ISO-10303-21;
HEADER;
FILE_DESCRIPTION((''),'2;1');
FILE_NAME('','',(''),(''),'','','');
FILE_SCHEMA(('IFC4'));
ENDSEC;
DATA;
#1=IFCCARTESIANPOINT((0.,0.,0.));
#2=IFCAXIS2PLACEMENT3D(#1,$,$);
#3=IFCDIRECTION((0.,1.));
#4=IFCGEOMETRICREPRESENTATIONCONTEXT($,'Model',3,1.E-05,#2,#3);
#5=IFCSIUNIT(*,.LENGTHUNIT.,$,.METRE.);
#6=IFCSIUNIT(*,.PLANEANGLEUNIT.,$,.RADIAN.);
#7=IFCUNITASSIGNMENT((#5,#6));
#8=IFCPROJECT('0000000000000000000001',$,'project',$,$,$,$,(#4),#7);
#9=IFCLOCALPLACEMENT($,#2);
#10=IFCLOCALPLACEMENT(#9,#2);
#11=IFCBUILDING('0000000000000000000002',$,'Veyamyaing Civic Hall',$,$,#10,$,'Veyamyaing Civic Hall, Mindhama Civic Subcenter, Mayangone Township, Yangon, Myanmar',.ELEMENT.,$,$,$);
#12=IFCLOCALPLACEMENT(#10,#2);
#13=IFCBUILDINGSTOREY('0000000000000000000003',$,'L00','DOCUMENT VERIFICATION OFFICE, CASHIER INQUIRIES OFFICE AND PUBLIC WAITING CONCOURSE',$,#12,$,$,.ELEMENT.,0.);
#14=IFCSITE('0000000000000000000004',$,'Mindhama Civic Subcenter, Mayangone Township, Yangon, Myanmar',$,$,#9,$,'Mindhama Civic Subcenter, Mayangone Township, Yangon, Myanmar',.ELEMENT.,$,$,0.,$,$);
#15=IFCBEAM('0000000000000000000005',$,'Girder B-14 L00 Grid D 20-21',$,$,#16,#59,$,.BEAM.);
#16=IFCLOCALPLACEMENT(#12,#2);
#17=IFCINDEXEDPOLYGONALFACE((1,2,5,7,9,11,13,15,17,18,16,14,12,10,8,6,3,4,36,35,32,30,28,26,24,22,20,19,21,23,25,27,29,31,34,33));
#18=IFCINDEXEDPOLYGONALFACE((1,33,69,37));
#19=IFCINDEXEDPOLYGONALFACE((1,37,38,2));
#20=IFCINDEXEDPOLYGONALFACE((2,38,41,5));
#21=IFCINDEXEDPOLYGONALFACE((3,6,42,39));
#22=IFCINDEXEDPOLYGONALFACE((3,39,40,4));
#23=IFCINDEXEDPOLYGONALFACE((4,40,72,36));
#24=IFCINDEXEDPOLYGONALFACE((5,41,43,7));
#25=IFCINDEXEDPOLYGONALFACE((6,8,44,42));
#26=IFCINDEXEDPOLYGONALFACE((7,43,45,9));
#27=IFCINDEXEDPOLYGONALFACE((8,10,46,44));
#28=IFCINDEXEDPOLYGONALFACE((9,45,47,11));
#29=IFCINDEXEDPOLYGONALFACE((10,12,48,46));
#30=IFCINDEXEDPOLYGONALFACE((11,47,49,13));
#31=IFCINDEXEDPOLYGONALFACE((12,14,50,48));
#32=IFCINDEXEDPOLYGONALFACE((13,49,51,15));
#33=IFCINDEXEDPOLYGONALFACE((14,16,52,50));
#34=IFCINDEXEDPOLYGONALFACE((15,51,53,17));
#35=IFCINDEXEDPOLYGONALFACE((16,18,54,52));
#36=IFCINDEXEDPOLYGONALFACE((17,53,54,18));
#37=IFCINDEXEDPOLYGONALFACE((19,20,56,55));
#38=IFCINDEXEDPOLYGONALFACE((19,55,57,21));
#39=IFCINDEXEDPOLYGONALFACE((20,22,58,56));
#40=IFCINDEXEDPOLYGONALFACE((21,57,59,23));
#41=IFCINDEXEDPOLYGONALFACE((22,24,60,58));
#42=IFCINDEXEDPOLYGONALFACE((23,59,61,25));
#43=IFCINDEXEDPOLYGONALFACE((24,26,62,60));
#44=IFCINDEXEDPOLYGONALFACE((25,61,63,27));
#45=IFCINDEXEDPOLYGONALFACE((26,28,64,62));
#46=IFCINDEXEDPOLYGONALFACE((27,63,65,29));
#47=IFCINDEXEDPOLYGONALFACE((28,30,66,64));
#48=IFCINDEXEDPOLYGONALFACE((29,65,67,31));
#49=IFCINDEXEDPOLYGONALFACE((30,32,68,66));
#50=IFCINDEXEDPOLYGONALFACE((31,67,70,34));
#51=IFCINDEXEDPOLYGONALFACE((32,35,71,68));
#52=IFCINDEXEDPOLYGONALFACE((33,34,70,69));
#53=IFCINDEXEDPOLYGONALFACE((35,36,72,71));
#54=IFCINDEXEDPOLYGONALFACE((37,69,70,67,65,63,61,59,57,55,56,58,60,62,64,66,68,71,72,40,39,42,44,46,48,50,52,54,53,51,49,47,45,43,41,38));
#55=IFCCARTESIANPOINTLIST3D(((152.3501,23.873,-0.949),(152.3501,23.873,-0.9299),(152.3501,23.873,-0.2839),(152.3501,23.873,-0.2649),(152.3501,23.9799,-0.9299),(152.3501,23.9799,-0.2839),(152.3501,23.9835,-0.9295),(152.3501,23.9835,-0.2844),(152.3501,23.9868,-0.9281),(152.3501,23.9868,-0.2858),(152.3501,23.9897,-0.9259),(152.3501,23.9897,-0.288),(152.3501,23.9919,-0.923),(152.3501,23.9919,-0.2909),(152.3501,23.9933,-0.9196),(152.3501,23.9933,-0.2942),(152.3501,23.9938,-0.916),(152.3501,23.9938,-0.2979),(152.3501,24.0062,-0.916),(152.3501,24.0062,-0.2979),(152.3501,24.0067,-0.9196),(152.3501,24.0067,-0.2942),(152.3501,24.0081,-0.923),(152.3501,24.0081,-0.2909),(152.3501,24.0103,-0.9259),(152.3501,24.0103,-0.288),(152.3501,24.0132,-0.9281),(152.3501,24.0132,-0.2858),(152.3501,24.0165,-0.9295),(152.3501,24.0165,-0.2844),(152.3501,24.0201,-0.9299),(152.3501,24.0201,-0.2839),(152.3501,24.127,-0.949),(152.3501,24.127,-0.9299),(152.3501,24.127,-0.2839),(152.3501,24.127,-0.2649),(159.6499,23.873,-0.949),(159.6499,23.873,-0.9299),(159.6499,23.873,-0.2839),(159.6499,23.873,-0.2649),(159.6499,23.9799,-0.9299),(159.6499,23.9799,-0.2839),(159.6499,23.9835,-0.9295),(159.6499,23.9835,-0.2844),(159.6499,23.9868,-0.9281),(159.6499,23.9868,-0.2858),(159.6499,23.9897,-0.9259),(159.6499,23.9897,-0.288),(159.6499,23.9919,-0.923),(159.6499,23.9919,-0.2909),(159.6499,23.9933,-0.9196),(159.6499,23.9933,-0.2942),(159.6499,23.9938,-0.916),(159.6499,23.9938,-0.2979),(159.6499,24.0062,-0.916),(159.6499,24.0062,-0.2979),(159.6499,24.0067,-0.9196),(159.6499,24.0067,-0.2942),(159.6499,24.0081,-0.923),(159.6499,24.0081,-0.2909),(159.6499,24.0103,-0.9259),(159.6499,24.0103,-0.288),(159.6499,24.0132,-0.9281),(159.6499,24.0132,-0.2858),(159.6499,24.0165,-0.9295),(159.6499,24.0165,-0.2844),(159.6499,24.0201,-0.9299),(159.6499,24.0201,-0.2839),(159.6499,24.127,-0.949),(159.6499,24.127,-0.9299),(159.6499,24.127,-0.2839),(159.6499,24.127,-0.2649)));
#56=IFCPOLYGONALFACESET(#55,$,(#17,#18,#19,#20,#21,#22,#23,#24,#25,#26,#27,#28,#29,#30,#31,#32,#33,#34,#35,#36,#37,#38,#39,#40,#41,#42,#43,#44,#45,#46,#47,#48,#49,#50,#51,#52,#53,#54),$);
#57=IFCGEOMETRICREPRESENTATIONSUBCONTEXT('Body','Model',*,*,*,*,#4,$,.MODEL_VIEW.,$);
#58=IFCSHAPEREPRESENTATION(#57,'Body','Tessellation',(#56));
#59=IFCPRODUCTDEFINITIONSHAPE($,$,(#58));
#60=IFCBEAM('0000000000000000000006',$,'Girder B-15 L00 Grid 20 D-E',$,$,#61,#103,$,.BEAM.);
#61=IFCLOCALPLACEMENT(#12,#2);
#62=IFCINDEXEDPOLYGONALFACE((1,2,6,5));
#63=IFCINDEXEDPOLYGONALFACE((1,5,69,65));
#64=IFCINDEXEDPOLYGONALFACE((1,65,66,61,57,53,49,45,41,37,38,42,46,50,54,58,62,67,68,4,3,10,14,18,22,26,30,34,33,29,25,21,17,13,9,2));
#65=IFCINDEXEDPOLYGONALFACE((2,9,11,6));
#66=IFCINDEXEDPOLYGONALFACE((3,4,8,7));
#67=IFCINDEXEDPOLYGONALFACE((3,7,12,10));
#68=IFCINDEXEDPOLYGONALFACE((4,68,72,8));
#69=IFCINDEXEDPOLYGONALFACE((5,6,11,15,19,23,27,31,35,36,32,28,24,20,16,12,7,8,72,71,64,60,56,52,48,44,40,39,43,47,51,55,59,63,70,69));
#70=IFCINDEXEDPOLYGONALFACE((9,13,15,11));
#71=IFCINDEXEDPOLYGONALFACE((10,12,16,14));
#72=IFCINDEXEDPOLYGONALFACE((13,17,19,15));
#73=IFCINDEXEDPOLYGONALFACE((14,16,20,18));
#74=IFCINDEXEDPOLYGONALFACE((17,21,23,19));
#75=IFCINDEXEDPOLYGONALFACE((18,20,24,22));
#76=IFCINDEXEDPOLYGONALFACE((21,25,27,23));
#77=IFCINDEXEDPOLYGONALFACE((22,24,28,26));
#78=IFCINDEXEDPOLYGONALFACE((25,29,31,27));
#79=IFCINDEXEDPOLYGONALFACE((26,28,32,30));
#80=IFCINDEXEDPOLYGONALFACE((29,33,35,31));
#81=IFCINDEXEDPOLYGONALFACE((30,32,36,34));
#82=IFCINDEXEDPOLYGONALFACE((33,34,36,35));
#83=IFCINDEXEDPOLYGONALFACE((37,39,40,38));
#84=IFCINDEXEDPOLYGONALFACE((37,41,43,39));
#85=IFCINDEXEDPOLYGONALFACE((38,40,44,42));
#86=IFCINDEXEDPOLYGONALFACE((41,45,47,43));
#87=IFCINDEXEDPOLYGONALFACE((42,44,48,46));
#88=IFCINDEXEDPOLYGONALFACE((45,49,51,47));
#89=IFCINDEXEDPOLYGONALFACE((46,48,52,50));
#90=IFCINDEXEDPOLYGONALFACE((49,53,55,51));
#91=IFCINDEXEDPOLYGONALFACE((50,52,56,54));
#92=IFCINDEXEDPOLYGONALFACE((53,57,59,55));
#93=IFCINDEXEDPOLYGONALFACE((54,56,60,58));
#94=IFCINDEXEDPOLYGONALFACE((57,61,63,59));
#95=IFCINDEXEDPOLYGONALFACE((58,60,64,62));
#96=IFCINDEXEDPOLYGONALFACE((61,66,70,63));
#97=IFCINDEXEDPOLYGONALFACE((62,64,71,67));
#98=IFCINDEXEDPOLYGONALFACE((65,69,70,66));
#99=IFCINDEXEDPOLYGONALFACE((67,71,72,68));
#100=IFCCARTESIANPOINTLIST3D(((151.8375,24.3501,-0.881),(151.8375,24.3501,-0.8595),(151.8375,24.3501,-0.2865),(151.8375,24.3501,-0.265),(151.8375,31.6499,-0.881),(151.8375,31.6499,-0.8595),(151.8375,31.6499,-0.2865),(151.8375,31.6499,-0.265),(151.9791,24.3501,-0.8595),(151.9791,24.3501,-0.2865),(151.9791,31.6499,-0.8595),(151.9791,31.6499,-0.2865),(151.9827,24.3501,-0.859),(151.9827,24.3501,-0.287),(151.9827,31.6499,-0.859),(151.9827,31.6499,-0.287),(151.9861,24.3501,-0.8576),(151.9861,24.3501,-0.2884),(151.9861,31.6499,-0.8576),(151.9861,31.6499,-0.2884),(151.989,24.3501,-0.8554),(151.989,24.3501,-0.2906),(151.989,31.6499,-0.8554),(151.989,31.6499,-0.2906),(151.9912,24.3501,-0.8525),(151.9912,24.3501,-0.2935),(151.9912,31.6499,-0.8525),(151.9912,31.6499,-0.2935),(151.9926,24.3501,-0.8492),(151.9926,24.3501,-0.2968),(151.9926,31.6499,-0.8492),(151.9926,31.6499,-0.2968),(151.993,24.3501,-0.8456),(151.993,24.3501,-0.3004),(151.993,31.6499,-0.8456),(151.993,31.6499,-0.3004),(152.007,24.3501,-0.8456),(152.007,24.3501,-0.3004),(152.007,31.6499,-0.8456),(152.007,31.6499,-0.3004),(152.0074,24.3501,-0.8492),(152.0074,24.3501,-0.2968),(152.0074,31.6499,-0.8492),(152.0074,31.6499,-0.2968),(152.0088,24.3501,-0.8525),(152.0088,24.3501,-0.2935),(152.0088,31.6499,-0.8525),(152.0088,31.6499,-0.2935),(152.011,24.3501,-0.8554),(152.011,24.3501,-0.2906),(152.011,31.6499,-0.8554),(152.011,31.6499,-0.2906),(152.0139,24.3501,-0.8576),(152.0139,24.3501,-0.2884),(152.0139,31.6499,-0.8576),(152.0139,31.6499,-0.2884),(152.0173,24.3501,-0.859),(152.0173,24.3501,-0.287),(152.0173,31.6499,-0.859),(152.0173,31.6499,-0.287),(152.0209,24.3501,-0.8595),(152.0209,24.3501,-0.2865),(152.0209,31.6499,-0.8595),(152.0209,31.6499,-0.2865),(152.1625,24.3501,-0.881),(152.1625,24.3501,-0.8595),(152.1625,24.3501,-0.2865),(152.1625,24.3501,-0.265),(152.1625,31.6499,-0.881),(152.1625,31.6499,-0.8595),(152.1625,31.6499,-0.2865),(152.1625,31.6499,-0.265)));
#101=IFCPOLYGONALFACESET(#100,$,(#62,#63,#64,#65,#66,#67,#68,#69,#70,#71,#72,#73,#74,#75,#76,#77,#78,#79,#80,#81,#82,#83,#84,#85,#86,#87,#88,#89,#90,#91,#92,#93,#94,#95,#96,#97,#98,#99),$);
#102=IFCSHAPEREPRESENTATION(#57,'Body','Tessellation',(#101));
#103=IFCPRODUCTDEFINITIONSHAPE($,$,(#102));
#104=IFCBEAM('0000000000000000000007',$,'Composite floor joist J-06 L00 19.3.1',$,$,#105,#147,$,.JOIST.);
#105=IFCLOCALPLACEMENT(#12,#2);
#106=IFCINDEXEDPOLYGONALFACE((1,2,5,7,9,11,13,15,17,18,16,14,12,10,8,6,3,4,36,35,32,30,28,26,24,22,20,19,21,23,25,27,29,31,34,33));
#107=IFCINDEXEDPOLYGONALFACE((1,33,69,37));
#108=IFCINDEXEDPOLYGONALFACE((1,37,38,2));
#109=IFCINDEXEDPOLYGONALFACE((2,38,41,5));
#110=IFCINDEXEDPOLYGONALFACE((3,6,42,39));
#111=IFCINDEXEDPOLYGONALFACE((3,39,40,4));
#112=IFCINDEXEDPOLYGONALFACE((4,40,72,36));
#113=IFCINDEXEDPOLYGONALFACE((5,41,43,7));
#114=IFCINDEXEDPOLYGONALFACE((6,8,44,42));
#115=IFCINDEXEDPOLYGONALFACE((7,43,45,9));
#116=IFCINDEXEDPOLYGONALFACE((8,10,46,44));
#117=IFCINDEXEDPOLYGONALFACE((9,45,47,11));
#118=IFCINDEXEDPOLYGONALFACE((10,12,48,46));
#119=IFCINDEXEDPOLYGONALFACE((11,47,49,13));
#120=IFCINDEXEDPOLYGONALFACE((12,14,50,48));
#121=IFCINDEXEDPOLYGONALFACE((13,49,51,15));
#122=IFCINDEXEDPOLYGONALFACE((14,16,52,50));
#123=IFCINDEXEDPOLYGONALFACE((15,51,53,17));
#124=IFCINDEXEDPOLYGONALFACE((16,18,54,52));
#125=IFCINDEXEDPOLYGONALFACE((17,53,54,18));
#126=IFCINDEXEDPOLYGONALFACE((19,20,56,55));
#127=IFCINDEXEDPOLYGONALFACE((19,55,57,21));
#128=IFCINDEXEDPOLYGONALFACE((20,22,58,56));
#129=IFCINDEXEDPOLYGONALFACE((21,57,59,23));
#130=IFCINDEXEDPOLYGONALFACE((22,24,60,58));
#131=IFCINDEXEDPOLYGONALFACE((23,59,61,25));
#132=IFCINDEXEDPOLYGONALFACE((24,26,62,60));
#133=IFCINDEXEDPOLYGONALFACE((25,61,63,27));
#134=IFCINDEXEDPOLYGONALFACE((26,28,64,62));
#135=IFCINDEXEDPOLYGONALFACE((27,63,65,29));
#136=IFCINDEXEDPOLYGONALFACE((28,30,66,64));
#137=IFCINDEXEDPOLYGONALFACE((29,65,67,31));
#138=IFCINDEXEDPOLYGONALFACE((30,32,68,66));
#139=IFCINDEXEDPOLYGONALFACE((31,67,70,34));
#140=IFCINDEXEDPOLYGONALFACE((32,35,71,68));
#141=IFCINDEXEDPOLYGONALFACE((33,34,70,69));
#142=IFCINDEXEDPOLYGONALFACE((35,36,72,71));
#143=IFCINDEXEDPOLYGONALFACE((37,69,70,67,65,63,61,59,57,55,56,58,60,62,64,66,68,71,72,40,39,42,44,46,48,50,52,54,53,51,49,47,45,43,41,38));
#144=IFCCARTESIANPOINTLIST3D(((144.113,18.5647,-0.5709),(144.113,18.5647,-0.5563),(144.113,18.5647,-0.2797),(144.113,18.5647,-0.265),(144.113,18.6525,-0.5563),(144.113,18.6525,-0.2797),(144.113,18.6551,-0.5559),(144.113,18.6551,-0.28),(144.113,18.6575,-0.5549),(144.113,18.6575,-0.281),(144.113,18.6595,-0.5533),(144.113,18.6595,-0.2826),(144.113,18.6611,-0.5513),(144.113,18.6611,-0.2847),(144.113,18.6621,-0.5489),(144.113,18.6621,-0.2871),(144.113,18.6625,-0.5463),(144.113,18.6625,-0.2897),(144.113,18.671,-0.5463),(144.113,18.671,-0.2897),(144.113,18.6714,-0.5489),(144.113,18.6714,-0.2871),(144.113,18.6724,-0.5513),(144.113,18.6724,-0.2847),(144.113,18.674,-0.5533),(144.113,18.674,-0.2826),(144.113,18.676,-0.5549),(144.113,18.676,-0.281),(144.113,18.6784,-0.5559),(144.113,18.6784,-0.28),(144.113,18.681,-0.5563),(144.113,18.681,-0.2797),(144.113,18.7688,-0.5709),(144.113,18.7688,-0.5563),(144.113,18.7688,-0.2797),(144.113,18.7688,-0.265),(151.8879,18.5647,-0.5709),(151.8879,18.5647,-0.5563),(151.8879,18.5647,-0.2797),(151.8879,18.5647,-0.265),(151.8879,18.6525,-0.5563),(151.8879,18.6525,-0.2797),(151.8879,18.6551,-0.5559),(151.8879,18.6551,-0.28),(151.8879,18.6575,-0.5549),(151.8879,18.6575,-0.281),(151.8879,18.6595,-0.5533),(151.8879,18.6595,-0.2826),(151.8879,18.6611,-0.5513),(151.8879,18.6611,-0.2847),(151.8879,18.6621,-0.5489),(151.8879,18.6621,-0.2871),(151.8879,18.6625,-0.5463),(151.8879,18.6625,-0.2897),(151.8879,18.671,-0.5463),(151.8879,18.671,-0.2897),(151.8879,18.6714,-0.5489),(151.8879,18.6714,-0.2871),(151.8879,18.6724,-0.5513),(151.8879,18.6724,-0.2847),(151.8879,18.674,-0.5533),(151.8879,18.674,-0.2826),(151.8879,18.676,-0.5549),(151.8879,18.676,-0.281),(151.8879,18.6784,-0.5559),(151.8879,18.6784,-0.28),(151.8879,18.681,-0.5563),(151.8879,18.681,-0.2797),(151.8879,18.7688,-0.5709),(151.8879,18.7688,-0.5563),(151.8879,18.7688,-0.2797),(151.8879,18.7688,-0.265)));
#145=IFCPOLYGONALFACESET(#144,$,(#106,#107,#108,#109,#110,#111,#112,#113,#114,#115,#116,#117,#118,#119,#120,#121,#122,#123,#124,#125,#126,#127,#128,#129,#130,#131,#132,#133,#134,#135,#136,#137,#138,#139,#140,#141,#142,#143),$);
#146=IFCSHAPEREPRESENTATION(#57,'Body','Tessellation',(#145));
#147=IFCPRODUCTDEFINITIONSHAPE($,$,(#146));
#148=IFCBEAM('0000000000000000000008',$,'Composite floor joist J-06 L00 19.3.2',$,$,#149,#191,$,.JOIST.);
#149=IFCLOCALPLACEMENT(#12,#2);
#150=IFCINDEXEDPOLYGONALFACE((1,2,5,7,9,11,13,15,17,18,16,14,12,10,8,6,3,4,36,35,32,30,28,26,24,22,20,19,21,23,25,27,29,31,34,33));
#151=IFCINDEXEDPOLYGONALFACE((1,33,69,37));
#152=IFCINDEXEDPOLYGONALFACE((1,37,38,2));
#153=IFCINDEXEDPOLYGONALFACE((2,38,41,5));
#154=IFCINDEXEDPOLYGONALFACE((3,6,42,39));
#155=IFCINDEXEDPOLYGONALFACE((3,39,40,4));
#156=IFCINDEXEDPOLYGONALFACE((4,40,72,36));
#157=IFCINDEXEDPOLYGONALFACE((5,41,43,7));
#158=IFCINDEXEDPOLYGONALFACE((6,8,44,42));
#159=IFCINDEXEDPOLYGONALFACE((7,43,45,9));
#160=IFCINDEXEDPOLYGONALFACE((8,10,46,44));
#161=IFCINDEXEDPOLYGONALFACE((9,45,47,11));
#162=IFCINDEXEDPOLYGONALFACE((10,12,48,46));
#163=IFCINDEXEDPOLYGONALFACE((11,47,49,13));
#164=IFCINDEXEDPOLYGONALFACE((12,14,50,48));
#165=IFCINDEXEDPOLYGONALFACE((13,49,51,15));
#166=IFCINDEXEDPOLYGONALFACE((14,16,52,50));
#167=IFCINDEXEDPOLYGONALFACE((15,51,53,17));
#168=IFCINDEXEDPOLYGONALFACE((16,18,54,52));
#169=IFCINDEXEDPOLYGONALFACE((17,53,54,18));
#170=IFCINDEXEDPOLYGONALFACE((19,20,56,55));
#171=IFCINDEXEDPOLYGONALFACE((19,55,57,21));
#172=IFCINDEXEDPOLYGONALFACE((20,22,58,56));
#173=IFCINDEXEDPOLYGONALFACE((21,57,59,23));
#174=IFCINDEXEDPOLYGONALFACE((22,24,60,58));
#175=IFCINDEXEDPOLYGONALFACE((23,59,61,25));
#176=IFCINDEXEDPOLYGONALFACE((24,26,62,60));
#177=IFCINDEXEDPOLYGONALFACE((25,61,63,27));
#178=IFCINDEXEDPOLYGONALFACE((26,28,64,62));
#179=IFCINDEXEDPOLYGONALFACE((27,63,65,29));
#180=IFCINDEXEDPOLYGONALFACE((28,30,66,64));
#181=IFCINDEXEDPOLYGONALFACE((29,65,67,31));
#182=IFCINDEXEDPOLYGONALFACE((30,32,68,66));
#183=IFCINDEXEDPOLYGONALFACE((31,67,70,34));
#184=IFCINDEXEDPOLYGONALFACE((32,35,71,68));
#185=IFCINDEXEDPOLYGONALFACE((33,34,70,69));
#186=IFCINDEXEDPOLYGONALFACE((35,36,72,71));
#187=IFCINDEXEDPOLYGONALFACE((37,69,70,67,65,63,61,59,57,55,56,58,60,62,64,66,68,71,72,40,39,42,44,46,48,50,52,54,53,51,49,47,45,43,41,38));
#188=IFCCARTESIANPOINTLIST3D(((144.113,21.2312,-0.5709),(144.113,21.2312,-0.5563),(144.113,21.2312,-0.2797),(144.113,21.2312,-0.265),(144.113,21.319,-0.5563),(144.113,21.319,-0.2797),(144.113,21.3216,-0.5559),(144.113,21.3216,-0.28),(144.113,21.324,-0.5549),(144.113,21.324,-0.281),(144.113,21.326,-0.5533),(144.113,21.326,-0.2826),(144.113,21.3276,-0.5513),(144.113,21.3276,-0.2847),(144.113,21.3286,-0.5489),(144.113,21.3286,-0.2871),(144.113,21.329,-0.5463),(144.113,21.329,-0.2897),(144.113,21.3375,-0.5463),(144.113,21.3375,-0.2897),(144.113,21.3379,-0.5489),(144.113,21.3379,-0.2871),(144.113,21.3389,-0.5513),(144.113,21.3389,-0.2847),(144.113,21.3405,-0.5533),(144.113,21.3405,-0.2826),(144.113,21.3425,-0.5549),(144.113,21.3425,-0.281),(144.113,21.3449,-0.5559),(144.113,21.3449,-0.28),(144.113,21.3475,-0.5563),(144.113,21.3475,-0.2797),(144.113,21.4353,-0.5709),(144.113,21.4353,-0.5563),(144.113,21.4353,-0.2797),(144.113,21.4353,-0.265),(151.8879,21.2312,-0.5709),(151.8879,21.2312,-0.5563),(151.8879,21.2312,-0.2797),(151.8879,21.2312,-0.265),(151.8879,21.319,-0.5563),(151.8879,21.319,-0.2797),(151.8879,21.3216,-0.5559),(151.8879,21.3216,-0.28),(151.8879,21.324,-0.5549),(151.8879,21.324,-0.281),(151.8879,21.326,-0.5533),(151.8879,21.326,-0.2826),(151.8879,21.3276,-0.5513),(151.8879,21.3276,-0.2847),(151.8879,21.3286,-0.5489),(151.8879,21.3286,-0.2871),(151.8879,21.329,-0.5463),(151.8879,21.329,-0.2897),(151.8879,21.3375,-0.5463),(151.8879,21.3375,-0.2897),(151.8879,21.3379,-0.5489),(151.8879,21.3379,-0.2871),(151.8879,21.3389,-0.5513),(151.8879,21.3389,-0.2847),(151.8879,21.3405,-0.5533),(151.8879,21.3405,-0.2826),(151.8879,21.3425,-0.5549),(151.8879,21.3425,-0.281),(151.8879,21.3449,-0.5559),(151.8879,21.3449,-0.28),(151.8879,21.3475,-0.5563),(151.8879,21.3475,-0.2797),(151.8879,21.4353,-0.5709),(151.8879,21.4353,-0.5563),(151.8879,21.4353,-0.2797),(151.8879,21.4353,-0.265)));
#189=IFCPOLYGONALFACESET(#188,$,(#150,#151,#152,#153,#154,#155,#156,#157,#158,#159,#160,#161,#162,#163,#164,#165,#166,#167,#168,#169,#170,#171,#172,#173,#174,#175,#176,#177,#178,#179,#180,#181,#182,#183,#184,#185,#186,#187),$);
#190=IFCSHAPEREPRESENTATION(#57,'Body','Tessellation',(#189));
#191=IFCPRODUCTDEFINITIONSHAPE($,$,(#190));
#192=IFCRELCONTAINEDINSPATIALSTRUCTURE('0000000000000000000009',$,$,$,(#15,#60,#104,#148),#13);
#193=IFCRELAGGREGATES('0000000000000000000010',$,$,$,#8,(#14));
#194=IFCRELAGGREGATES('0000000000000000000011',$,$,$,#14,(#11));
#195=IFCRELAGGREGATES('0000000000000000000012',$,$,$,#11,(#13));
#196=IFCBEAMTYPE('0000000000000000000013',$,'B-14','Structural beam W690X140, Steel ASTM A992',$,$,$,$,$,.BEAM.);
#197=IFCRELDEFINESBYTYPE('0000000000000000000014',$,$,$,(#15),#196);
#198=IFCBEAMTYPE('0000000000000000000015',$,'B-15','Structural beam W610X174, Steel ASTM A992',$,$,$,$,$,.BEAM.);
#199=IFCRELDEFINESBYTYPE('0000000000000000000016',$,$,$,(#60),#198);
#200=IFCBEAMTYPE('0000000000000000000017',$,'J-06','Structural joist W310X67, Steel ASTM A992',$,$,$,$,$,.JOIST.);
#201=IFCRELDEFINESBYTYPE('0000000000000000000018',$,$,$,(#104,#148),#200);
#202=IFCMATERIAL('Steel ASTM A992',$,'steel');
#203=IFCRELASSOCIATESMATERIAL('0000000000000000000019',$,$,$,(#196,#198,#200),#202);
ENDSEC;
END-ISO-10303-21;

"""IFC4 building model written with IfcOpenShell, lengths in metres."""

from ifc_helpers import new_model, si_unit, direction, frame, origin, origin_2d, place, context, subcontext, project, spatial, i_section, extrude, material, material_profile, profile_set, type_object, element, save


model = new_model("IFC4")

# Units and contexts
model_context = context("Model", 3, precision=1e-05, world=origin(), true_north=direction((0.0, 1.0)))
body_context = subcontext(model_context, "Body", "Model", "MODEL_VIEW")
ifc_project = project(units=[si_unit("LENGTHUNIT", "METRE"), si_unit("PLANEANGLEUNIT", "RADIAN")], contexts=[model_context])

# Site, building, storey
site_placement = place(None, origin())
site = spatial("IfcSite", under=ifc_project, at=site_placement, Name="Mindhama Civic Subcenter, Mayangone Township, Yangon, Myanmar", LongName="Mindhama Civic Subcenter, Mayangone Township, Yangon, Myanmar", CompositionType="ELEMENT", RefElevation=0.0)
building_placement = place(site_placement, origin())
building = spatial("IfcBuilding", under=site, at=building_placement, Name="Veyamyaing Civic Hall", LongName="Veyamyaing Civic Hall, Mindhama Civic Subcenter, Mayangone Township, Yangon, Myanmar", CompositionType="ELEMENT")
storey_placement = place(building_placement, origin())
storey = spatial("IfcBuildingStorey", under=building, at=storey_placement, Name="L00", Description="DOCUMENT VERIFICATION OFFICE, CASHIER INQUIRIES OFFICE AND PUBLIC WAITING CONCOURSE", CompositionType="ELEMENT", Elevation=0.0)

# Beams
ifc_material_1 = material(Name="Steel ASTM A992", Category="steel")
ifc_material_profile_1 = material_profile(ifc_material_1, i_section(OverallWidth=0.2539, OverallDepth=0.6841, WebThickness=0.0125, FlangeThickness=0.019, FilletRadius=0.0139, at=origin_2d()), Name="W690X140")
ifc_profile_set_1 = profile_set([ifc_material_profile_1], Name="Steel ASTM A992")
beam_type_1 = type_object("IfcBeamType", Name="B-14", Description="Structural beam W690X140, Steel ASTM A992", PredefinedType="BEAM", material=ifc_profile_set_1)
beam_1_placement = place(storey_placement, frame((152.3501, 24.0, -0.6069), z_axis=(1.0, 0.0, 0.0), x_axis=(0.0, 1.0, 0.0)))
element("IfcBeam", 1, at=beam_1_placement, inside=storey, type_object=beam_type_1, Name="Girder B-14 L00 Grid D 20-21", PredefinedType="BEAM", context=body_context, shape_type="SweptSolid", body=[
    extrude(i_section(OverallWidth=0.2539, OverallDepth=0.6841, WebThickness=0.0125, FlangeThickness=0.019, FilletRadius=0.0139, at=origin_2d()), origin(), (0.0, 0.0, 1.0), 7.2998),
])
ifc_material_profile_2 = material_profile(ifc_material_1, i_section(OverallWidth=0.325, OverallDepth=0.616, WebThickness=0.0139, FlangeThickness=0.0215, FilletRadius=0.0139, at=origin_2d()), Name="W610X174")
ifc_profile_set_2 = profile_set([ifc_material_profile_2], Name="Steel ASTM A992")
beam_type_2 = type_object("IfcBeamType", Name="B-15", Description="Structural beam W610X174, Steel ASTM A992", PredefinedType="BEAM", material=ifc_profile_set_2)
beam_2_placement = place(storey_placement, frame((152.0, 24.3501, -0.573), z_axis=(0.0, 1.0, 0.0), x_axis=(-1.0, 0.0, 0.0)))
element("IfcBeam", 2, at=beam_2_placement, inside=storey, type_object=beam_type_2, Name="Girder B-15 L00 Grid 20 D-E", PredefinedType="BEAM", context=body_context, shape_type="SweptSolid", body=[
    extrude(i_section(OverallWidth=0.325, OverallDepth=0.616, WebThickness=0.0139, FlangeThickness=0.0215, FilletRadius=0.0139, at=origin_2d()), origin(), (0.0, 0.0, 1.0), 7.2998),
])
ifc_material_profile_3 = material_profile(ifc_material_1, i_section(OverallWidth=0.2041, OverallDepth=0.3059, WebThickness=0.0085, FlangeThickness=0.0146, FilletRadius=0.01, at=origin_2d()), Name="W310X67")
ifc_profile_set_3 = profile_set([ifc_material_profile_3], Name="Steel ASTM A992")
beam_type_3 = type_object("IfcBeamType", Name="J-06", Description="Structural joist W310X67, Steel ASTM A992", PredefinedType="JOIST", material=ifc_profile_set_3)
for number, where, z_axis, x_axis, name in (
    (3, (144.113, 18.6667, -0.418), (1.0, 0.0, 0.0), (0.0, 1.0, 0.0), "Composite floor joist J-06 L00 19.3.1"),
    (4, (144.113, 21.3333, -0.418), (1.0, 0.0, 0.0), (0.0, 1.0, 0.0), "Composite floor joist J-06 L00 19.3.2"),
):
    element("IfcBeam", number, at=place(storey_placement, frame(where, z_axis=z_axis, x_axis=x_axis)), inside=storey, type_object=beam_type_3, Name=name, PredefinedType="JOIST", context=body_context, shape_type="SweptSolid", body=[
        extrude(i_section(OverallWidth=0.2041, OverallDepth=0.3059, WebThickness=0.0085, FlangeThickness=0.0146, FilletRadius=0.01, at=origin_2d()), origin(), (0.0, 0.0, 1.0), 7.7749),
    ])

save(model, "model.ifc")
